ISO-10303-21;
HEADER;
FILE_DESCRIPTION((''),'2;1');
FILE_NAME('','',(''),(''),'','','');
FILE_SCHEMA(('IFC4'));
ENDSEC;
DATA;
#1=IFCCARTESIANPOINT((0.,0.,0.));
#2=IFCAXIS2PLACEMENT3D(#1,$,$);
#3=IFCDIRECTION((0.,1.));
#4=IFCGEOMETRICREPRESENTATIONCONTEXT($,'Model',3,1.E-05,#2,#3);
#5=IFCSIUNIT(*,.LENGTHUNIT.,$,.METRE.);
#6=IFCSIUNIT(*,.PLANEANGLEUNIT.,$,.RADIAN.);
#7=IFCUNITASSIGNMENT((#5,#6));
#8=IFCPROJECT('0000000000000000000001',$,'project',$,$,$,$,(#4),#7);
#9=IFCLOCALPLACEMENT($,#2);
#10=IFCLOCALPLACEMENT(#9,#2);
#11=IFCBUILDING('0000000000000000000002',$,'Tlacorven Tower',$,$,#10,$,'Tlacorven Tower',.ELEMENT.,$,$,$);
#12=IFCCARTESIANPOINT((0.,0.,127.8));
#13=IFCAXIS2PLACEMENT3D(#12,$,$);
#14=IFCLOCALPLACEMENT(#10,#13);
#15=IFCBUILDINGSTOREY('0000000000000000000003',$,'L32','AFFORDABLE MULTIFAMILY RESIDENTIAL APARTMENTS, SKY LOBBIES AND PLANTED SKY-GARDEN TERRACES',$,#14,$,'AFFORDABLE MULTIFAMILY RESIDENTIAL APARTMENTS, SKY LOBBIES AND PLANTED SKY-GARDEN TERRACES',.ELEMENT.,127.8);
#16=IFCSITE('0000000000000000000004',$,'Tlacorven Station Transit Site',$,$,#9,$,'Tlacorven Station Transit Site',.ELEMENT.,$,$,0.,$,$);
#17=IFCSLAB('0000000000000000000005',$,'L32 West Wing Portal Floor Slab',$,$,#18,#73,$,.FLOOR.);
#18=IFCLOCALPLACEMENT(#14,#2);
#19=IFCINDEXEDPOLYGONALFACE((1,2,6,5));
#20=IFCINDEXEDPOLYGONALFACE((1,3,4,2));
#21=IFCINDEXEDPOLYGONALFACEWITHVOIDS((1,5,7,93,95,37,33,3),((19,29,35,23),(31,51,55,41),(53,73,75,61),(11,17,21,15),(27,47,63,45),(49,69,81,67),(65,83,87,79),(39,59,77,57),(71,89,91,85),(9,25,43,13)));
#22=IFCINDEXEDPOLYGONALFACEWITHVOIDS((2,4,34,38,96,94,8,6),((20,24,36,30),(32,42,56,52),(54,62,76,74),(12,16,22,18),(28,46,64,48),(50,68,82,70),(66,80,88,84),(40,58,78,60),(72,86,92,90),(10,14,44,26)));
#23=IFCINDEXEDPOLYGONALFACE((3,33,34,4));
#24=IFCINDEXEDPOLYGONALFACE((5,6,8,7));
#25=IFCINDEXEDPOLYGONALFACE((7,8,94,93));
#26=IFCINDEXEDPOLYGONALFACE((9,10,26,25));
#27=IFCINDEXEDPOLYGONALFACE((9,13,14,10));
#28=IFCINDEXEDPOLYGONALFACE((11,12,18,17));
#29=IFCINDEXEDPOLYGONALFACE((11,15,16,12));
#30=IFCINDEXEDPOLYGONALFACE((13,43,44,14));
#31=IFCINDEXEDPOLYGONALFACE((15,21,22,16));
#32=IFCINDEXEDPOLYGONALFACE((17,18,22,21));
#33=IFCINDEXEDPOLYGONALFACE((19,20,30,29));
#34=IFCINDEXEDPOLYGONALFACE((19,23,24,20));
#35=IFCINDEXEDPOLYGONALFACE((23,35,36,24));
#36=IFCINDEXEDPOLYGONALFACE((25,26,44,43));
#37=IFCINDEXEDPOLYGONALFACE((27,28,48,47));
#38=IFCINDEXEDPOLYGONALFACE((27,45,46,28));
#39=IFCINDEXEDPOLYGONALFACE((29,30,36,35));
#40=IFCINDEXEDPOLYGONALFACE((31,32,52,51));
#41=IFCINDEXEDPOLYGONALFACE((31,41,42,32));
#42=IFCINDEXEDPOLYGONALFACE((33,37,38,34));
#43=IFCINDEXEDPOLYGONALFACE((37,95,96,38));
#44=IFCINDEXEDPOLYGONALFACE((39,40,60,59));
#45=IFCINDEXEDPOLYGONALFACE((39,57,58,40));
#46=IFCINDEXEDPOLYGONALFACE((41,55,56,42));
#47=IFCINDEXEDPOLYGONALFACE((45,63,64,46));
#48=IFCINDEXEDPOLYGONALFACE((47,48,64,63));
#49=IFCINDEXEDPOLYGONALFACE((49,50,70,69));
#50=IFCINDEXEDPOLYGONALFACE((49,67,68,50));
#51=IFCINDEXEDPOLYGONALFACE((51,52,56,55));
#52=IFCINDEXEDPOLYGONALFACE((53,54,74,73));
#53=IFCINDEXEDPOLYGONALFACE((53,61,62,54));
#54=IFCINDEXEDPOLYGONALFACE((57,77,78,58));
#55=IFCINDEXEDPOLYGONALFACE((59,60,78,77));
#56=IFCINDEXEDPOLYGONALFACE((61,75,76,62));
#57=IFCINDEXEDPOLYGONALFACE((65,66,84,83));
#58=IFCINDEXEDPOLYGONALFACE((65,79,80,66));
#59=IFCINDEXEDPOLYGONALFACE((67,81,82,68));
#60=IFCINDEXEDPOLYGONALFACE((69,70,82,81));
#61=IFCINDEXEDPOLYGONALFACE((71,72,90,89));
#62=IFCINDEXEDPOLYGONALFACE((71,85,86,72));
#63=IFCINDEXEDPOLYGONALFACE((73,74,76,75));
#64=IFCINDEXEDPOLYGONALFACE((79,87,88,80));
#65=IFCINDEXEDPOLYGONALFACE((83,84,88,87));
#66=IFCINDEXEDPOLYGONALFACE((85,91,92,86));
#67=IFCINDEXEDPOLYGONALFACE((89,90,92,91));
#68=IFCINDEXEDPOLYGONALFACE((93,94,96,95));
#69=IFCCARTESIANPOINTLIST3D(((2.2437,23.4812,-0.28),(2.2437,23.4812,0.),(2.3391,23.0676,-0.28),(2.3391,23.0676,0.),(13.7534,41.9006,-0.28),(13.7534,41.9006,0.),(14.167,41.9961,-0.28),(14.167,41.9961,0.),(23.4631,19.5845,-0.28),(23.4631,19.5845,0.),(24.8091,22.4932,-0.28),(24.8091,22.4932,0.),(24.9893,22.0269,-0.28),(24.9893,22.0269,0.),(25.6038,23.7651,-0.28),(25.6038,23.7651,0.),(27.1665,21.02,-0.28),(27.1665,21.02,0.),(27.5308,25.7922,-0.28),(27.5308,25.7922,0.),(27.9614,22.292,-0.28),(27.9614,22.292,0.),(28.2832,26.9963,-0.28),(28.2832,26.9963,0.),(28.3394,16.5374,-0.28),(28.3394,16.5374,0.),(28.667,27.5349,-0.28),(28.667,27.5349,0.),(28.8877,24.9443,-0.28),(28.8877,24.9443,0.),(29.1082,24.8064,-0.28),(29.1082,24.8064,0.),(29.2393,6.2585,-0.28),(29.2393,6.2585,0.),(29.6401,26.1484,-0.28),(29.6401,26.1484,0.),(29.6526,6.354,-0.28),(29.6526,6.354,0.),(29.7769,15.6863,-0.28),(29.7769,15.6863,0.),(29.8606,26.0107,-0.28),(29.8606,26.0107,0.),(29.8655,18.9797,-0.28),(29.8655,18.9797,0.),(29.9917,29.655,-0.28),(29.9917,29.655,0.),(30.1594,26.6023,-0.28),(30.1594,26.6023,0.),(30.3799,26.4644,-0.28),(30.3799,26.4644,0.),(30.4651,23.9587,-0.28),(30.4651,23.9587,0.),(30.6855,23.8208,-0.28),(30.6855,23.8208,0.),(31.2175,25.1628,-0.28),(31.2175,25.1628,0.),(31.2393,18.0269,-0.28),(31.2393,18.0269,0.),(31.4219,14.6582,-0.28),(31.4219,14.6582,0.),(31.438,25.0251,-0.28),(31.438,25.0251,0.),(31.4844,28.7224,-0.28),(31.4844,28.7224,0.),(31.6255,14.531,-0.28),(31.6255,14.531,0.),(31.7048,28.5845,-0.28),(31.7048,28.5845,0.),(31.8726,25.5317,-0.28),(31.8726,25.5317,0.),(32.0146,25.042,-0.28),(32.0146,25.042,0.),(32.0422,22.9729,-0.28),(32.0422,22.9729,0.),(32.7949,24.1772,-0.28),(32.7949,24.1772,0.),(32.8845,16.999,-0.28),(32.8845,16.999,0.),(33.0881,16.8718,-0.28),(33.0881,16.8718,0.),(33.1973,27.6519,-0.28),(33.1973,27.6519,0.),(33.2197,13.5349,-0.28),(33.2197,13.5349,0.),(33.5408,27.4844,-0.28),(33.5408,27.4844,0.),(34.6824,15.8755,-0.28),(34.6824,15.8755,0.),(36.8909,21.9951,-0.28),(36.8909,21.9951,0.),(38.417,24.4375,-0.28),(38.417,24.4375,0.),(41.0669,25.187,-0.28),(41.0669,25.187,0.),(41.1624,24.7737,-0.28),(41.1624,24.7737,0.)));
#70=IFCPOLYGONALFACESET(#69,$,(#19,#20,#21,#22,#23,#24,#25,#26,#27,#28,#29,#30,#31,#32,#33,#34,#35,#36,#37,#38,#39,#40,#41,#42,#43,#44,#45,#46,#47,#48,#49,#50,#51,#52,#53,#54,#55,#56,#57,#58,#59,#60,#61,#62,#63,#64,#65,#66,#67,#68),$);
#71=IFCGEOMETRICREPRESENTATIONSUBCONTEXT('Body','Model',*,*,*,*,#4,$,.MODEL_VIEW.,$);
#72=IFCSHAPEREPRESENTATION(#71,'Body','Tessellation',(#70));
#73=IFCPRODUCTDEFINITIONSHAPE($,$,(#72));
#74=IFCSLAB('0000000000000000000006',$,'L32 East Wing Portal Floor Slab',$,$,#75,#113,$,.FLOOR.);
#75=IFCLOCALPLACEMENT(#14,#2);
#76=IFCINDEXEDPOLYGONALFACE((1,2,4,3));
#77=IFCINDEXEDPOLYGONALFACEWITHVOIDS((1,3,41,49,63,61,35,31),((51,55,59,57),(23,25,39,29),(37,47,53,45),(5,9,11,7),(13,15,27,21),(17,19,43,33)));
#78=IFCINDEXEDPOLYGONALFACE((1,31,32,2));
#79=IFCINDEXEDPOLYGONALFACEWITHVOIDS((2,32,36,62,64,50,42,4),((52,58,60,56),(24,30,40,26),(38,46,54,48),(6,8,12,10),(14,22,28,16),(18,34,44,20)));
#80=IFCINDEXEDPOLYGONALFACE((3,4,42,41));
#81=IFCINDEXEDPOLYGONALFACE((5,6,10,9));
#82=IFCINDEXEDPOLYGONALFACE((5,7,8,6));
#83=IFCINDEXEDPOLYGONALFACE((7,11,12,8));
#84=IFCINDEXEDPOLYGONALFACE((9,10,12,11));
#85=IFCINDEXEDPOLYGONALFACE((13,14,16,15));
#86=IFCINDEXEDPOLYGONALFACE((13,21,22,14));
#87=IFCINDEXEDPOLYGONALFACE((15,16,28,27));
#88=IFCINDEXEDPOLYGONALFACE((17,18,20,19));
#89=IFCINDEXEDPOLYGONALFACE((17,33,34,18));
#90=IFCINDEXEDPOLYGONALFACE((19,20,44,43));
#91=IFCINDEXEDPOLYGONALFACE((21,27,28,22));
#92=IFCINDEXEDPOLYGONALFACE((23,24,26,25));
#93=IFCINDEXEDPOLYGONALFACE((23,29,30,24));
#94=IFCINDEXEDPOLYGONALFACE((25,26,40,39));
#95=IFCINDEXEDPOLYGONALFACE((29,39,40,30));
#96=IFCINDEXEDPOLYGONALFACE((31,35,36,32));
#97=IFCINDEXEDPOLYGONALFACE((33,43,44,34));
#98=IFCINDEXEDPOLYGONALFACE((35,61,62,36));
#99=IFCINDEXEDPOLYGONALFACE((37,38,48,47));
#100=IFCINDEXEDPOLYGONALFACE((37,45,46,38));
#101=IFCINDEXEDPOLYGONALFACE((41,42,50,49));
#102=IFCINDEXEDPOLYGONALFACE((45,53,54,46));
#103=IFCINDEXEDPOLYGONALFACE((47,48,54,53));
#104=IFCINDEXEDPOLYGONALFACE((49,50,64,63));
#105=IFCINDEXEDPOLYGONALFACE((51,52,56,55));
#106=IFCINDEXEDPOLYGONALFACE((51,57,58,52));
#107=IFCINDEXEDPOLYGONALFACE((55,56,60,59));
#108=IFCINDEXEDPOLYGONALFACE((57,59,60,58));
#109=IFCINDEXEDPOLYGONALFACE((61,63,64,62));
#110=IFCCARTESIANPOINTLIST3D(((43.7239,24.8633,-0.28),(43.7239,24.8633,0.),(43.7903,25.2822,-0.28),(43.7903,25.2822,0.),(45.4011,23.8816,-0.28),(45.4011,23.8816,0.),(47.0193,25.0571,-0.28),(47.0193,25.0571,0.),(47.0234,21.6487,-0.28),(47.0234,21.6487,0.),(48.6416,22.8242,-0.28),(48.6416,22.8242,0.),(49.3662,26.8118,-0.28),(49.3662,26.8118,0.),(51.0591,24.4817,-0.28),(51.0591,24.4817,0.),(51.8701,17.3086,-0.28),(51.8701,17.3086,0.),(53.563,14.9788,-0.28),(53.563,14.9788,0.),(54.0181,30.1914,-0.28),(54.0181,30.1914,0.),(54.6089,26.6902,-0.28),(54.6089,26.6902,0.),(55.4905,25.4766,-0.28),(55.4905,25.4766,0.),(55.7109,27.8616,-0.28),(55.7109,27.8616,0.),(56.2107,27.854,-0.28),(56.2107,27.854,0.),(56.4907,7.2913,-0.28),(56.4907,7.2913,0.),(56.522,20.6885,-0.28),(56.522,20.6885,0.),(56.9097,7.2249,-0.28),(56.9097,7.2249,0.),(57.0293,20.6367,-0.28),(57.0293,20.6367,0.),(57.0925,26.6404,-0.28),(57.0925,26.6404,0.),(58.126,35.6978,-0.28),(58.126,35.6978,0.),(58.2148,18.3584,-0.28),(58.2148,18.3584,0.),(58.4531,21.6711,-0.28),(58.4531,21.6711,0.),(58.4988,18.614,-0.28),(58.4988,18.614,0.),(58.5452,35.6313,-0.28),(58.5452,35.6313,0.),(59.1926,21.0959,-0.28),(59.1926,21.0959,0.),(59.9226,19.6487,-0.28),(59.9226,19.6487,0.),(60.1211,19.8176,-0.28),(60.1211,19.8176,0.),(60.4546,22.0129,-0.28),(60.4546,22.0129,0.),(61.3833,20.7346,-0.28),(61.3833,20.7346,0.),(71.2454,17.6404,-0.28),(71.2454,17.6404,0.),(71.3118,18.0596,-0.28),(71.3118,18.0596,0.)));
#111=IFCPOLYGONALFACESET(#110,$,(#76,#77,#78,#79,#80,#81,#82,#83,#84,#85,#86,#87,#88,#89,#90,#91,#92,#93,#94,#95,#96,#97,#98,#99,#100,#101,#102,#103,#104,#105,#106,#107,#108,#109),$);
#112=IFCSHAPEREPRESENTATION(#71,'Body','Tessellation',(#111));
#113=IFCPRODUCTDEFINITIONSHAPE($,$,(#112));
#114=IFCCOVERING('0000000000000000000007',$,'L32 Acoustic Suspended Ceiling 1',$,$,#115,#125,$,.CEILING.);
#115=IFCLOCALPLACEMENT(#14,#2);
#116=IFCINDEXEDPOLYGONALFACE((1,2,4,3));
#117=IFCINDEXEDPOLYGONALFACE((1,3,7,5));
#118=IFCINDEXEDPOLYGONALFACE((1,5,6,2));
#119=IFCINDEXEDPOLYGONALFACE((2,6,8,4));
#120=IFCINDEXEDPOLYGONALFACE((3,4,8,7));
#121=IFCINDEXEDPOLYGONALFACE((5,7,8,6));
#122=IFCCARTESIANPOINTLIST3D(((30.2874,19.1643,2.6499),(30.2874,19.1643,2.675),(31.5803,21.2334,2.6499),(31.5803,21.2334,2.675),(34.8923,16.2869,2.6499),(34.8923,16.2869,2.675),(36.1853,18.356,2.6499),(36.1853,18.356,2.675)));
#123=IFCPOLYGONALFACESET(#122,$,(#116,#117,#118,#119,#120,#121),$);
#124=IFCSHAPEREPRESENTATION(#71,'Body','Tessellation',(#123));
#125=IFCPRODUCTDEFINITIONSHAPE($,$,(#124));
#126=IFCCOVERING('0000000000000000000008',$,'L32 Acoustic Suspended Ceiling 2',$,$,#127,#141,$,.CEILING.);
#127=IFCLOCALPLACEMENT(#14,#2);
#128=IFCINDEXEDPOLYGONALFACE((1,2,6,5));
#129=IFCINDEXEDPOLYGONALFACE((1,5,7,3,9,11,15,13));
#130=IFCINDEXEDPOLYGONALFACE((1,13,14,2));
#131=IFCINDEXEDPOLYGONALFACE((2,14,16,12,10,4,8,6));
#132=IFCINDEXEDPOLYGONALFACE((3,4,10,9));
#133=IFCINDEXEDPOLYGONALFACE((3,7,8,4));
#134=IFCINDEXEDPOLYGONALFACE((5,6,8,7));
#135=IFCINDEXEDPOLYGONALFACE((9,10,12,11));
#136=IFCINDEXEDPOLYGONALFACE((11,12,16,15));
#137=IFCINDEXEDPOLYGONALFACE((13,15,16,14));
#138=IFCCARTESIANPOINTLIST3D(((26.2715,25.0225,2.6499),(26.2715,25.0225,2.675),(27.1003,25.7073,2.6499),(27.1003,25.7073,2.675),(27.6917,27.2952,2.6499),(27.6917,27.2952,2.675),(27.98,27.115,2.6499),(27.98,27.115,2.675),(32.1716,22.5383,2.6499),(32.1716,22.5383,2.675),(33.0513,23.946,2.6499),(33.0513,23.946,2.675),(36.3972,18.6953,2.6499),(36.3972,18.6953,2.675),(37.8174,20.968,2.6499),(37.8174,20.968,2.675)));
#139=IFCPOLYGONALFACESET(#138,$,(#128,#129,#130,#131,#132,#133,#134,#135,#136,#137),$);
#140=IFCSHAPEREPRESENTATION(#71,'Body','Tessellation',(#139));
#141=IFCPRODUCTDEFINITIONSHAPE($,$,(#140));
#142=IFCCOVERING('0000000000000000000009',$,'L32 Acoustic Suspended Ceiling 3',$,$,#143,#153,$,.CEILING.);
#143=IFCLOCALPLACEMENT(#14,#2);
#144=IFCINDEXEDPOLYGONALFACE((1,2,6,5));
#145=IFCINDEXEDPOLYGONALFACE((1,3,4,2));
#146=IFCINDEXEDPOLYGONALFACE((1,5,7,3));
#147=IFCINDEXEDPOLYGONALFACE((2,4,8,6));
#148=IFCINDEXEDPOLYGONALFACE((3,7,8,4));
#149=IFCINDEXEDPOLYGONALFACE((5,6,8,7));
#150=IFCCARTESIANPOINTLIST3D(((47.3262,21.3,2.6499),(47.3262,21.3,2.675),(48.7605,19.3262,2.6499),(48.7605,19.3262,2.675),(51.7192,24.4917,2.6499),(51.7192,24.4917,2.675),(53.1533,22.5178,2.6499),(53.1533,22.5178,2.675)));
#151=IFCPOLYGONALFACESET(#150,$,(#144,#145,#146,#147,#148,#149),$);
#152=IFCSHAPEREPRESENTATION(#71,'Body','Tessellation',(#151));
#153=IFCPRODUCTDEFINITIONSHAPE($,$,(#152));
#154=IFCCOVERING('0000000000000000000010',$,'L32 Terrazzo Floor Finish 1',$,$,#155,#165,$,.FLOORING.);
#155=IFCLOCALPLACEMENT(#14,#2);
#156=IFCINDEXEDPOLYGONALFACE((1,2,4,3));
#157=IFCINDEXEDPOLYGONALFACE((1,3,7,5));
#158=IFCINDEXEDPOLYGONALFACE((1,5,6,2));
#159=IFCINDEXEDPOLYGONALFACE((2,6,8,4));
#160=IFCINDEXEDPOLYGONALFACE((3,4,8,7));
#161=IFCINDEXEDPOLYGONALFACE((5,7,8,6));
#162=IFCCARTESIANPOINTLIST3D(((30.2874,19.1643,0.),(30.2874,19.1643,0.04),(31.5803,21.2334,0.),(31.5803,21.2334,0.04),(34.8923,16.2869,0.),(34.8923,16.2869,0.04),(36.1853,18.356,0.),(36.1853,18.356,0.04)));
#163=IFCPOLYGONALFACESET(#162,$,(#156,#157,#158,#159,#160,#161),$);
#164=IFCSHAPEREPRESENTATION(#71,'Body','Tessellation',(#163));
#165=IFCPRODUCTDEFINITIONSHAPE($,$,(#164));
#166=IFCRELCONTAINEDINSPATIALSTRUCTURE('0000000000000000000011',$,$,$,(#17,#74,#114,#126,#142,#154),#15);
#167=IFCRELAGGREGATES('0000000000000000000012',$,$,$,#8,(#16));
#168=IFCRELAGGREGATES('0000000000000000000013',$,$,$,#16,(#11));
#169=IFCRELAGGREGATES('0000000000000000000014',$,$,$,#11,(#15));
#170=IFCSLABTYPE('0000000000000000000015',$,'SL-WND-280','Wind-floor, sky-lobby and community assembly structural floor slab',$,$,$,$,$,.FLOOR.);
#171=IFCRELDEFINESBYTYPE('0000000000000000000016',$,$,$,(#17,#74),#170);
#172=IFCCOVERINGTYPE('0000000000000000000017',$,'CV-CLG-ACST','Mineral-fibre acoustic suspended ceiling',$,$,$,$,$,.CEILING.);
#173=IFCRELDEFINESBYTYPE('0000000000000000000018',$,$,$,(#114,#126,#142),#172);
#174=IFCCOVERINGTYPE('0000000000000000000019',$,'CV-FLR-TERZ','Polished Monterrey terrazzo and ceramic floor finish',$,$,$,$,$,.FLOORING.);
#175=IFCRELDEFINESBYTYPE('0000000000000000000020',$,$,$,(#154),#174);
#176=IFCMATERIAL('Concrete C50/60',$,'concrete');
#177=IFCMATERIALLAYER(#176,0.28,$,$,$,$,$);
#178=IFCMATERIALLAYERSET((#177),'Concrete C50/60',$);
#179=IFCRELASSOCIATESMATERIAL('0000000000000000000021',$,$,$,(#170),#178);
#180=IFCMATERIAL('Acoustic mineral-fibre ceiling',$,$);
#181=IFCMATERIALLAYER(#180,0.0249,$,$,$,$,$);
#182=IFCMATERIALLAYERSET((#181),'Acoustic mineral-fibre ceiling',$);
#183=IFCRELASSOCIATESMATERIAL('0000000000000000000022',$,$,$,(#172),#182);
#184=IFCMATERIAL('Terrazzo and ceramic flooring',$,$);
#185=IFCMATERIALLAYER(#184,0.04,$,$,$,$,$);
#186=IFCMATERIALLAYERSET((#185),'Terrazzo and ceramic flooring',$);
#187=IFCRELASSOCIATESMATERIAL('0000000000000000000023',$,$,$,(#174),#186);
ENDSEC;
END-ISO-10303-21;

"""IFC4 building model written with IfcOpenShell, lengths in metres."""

from ifc_helpers import new_model, si_unit, direction, frame, origin, place, context, subcontext, project, spatial, polyline, outline, extrude, material, layer, layer_set, type_object, element, save


model = new_model("IFC4")

# Units and contexts
model_context = context("Model", 3, precision=1e-05, world=origin(), true_north=direction((0.0, 1.0)))
body_context = subcontext(model_context, "Body", "Model", "MODEL_VIEW")
ifc_project = project(units=[si_unit("LENGTHUNIT", "METRE"), si_unit("PLANEANGLEUNIT", "RADIAN")], contexts=[model_context])

# Site, building, storey
site_placement = place(None, origin())
site = spatial("IfcSite", under=ifc_project, at=site_placement, Name="Tlacorven Station Transit Site", LongName="Tlacorven Station Transit Site", CompositionType="ELEMENT", RefElevation=0.0)
building_placement = place(site_placement, origin())
building = spatial("IfcBuilding", under=site, at=building_placement, Name="Tlacorven Tower", LongName="Tlacorven Tower", CompositionType="ELEMENT")
storey_placement = place(building_placement, frame((0.0, 0.0, 127.8)))
storey = spatial("IfcBuildingStorey", under=building, at=storey_placement, Name="L32", Description="AFFORDABLE MULTIFAMILY RESIDENTIAL APARTMENTS, SKY LOBBIES AND PLANTED SKY-GARDEN TERRACES", LongName="AFFORDABLE MULTIFAMILY RESIDENTIAL APARTMENTS, SKY LOBBIES AND PLANTED SKY-GARDEN TERRACES", CompositionType="ELEMENT", Elevation=127.8)

# Slabs
ifc_material_1 = material(Name="Concrete C50/60", Category="concrete")
ifc_layer_1 = layer(ifc_material_1, 0.28)
ifc_layer_set_1 = layer_set([ifc_layer_1], Name="Concrete C50/60")
slab_type_1 = type_object("IfcSlabType", Name="SL-WND-280", Description="Wind-floor, sky-lobby and community assembly structural floor slab", PredefinedType="FLOOR", material=ifc_layer_set_1)
slab_1_placement = place(storey_placement, frame((0.0, 0.0, -0.28)))
element("IfcSlab", 1, at=slab_1_placement, inside=storey, type_object=slab_type_1, Name="L32 West Wing Portal Floor Slab", PredefinedType="FLOOR", context=body_context, shape_type="SweptSolid", body=[
    extrude(outline(polyline([(41.0669, 25.187), (14.167, 41.9961), (13.7534, 41.9006), (2.2437, 23.4812), (2.3391, 23.0676), (29.2393, 6.2585), (29.6526, 6.354), (41.1624, 24.7737), (41.0669, 25.187)]), holes=[polyline([(29.8655, 18.9797), (24.9893, 22.0269), (23.4631, 19.5845), (28.3394, 16.5374), (29.8655, 18.9797)]), polyline([(38.417, 24.4375), (33.5408, 27.4844), (32.0146, 25.042), (36.8909, 21.9951), (38.417, 24.4375)]), polyline([(34.6824, 15.8755), (33.0881, 16.8718), (31.6255, 14.531), (33.2197, 13.5349), (34.6824, 15.8755)]), polyline([(32.8845, 16.999), (31.2393, 18.0269), (29.7769, 15.6863), (31.4219, 14.6582), (32.8845, 16.999)]), polyline([(33.1973, 27.6519), (31.7048, 28.5845), (30.3799, 26.4644), (31.8726, 25.5317), (33.1973, 27.6519)]), polyline([(31.4844, 28.7224), (29.9917, 29.655), (28.667, 27.5349), (30.1594, 26.6023), (31.4844, 28.7224)]), polyline([(32.7949, 24.1772), (31.438, 25.0251), (30.6855, 23.8208), (32.0422, 22.9729), (32.7949, 24.1772)]), polyline([(31.2175, 25.1628), (29.8606, 26.0107), (29.1082, 24.8064), (30.4651, 23.9587), (31.2175, 25.1628)]), polyline([(29.6401, 26.1484), (28.2832, 26.9963), (27.5308, 25.7922), (28.8877, 24.9443), (29.6401, 26.1484)]), polyline([(27.9614, 22.292), (25.6038, 23.7651), (24.8091, 22.4932), (27.1665, 21.02), (27.9614, 22.292)])]), origin(), (0.0, 0.0, 1.0), 0.28),
])
slab_2_placement = place(storey_placement, frame((0.0, 0.0, -0.28)))
element("IfcSlab", 2, at=slab_2_placement, inside=storey, type_object=slab_type_1, Name="L32 East Wing Portal Floor Slab", PredefinedType="FLOOR", context=body_context, shape_type="SweptSolid", body=[
    extrude(outline(polyline([(56.9097, 7.2249), (71.2454, 17.6404), (71.3118, 18.0596), (58.5452, 35.6313), (58.126, 35.6978), (43.7903, 25.2822), (43.7239, 24.8633), (56.4907, 7.2913), (56.9097, 7.2249)]), holes=[polyline([(51.0591, 24.4817), (55.7109, 27.8616), (54.0181, 30.1914), (49.3662, 26.8118), (51.0591, 24.4817)]), polyline([(53.563, 14.9788), (58.2148, 18.3584), (56.522, 20.6885), (51.8701, 17.3086), (53.563, 14.9788)]), polyline([(47.0234, 21.6487), (48.6416, 22.8242), (47.0193, 25.0571), (45.4011, 23.8816), (47.0234, 21.6487)]), polyline([(58.4988, 18.614), (59.9226, 19.6487), (58.4531, 21.6711), (57.0293, 20.6367), (58.4988, 18.614)]), polyline([(55.4905, 25.4766), (57.0925, 26.6404), (56.2107, 27.854), (54.6089, 26.6902), (55.4905, 25.4766)]), polyline([(60.1211, 19.8176), (61.3833, 20.7346), (60.4546, 22.0129), (59.1926, 21.0959), (60.1211, 19.8176)])]), origin(), (0.0, 0.0, 1.0), 0.28),
])

# Coverings
ifc_material_2 = material(Name="Acoustic mineral-fibre ceiling")
ifc_layer_2 = layer(ifc_material_2, 0.0249)
ifc_layer_set_2 = layer_set([ifc_layer_2], Name="Acoustic mineral-fibre ceiling")
covering_type_1 = type_object("IfcCoveringType", Name="CV-CLG-ACST", Description="Mineral-fibre acoustic suspended ceiling", PredefinedType="CEILING", material=ifc_layer_set_2)
covering_1_placement = place(storey_placement, frame((0.0, 0.0, 2.6499)))
element("IfcCovering", 3, at=covering_1_placement, inside=storey, type_object=covering_type_1, Name="L32 Acoustic Suspended Ceiling 1", PredefinedType="CEILING", context=body_context, shape_type="SweptSolid", body=[
    extrude(outline(polyline([(36.1853, 18.356), (34.8923, 16.2869), (30.2874, 19.1643), (31.5803, 21.2334), (36.1853, 18.356)])), origin(), (0.0, 0.0, 1.0), 0.0251),
])
covering_2_placement = place(storey_placement, frame((0.0, 0.0, 2.6499)))
element("IfcCovering", 4, at=covering_2_placement, inside=storey, type_object=covering_type_1, Name="L32 Acoustic Suspended Ceiling 2", PredefinedType="CEILING", context=body_context, shape_type="SweptSolid", body=[
    extrude(outline(polyline([(37.8174, 20.968), (36.3972, 18.6953), (26.2715, 25.0225), (27.6917, 27.2952), (27.98, 27.115), (27.1003, 25.7073), (32.1716, 22.5383), (33.0513, 23.946), (37.8174, 20.968)])), origin(), (0.0, 0.0, 1.0), 0.0251),
])
covering_3_placement = place(storey_placement, frame((0.0, 0.0, 2.6499)))
element("IfcCovering", 5, at=covering_3_placement, inside=storey, type_object=covering_type_1, Name="L32 Acoustic Suspended Ceiling 3", PredefinedType="CEILING", context=body_context, shape_type="SweptSolid", body=[
    extrude(outline(polyline([(48.7605, 19.3262), (47.3262, 21.3), (51.7192, 24.4917), (53.1533, 22.5178), (48.7605, 19.3262)])), origin(), (0.0, 0.0, 1.0), 0.0251),
])
ifc_material_3 = material(Name="Terrazzo and ceramic flooring")
ifc_layer_3 = layer(ifc_material_3, 0.04)
ifc_layer_set_3 = layer_set([ifc_layer_3], Name="Terrazzo and ceramic flooring")
covering_type_2 = type_object("IfcCoveringType", Name="CV-FLR-TERZ", Description="Polished Monterrey terrazzo and ceramic floor finish", PredefinedType="FLOORING", material=ifc_layer_set_3)
covering_4_placement = place(storey_placement, origin())
element("IfcCovering", 6, at=covering_4_placement, inside=storey, type_object=covering_type_2, Name="L32 Terrazzo Floor Finish 1", PredefinedType="FLOORING", context=body_context, shape_type="SweptSolid", body=[
    extrude(outline(polyline([(36.1853, 18.356), (34.8923, 16.2869), (30.2874, 19.1643), (31.5803, 21.2334), (36.1853, 18.356)])), origin(), (0.0, 0.0, 1.0), 0.04),
])

save(model, "model.ifc")
